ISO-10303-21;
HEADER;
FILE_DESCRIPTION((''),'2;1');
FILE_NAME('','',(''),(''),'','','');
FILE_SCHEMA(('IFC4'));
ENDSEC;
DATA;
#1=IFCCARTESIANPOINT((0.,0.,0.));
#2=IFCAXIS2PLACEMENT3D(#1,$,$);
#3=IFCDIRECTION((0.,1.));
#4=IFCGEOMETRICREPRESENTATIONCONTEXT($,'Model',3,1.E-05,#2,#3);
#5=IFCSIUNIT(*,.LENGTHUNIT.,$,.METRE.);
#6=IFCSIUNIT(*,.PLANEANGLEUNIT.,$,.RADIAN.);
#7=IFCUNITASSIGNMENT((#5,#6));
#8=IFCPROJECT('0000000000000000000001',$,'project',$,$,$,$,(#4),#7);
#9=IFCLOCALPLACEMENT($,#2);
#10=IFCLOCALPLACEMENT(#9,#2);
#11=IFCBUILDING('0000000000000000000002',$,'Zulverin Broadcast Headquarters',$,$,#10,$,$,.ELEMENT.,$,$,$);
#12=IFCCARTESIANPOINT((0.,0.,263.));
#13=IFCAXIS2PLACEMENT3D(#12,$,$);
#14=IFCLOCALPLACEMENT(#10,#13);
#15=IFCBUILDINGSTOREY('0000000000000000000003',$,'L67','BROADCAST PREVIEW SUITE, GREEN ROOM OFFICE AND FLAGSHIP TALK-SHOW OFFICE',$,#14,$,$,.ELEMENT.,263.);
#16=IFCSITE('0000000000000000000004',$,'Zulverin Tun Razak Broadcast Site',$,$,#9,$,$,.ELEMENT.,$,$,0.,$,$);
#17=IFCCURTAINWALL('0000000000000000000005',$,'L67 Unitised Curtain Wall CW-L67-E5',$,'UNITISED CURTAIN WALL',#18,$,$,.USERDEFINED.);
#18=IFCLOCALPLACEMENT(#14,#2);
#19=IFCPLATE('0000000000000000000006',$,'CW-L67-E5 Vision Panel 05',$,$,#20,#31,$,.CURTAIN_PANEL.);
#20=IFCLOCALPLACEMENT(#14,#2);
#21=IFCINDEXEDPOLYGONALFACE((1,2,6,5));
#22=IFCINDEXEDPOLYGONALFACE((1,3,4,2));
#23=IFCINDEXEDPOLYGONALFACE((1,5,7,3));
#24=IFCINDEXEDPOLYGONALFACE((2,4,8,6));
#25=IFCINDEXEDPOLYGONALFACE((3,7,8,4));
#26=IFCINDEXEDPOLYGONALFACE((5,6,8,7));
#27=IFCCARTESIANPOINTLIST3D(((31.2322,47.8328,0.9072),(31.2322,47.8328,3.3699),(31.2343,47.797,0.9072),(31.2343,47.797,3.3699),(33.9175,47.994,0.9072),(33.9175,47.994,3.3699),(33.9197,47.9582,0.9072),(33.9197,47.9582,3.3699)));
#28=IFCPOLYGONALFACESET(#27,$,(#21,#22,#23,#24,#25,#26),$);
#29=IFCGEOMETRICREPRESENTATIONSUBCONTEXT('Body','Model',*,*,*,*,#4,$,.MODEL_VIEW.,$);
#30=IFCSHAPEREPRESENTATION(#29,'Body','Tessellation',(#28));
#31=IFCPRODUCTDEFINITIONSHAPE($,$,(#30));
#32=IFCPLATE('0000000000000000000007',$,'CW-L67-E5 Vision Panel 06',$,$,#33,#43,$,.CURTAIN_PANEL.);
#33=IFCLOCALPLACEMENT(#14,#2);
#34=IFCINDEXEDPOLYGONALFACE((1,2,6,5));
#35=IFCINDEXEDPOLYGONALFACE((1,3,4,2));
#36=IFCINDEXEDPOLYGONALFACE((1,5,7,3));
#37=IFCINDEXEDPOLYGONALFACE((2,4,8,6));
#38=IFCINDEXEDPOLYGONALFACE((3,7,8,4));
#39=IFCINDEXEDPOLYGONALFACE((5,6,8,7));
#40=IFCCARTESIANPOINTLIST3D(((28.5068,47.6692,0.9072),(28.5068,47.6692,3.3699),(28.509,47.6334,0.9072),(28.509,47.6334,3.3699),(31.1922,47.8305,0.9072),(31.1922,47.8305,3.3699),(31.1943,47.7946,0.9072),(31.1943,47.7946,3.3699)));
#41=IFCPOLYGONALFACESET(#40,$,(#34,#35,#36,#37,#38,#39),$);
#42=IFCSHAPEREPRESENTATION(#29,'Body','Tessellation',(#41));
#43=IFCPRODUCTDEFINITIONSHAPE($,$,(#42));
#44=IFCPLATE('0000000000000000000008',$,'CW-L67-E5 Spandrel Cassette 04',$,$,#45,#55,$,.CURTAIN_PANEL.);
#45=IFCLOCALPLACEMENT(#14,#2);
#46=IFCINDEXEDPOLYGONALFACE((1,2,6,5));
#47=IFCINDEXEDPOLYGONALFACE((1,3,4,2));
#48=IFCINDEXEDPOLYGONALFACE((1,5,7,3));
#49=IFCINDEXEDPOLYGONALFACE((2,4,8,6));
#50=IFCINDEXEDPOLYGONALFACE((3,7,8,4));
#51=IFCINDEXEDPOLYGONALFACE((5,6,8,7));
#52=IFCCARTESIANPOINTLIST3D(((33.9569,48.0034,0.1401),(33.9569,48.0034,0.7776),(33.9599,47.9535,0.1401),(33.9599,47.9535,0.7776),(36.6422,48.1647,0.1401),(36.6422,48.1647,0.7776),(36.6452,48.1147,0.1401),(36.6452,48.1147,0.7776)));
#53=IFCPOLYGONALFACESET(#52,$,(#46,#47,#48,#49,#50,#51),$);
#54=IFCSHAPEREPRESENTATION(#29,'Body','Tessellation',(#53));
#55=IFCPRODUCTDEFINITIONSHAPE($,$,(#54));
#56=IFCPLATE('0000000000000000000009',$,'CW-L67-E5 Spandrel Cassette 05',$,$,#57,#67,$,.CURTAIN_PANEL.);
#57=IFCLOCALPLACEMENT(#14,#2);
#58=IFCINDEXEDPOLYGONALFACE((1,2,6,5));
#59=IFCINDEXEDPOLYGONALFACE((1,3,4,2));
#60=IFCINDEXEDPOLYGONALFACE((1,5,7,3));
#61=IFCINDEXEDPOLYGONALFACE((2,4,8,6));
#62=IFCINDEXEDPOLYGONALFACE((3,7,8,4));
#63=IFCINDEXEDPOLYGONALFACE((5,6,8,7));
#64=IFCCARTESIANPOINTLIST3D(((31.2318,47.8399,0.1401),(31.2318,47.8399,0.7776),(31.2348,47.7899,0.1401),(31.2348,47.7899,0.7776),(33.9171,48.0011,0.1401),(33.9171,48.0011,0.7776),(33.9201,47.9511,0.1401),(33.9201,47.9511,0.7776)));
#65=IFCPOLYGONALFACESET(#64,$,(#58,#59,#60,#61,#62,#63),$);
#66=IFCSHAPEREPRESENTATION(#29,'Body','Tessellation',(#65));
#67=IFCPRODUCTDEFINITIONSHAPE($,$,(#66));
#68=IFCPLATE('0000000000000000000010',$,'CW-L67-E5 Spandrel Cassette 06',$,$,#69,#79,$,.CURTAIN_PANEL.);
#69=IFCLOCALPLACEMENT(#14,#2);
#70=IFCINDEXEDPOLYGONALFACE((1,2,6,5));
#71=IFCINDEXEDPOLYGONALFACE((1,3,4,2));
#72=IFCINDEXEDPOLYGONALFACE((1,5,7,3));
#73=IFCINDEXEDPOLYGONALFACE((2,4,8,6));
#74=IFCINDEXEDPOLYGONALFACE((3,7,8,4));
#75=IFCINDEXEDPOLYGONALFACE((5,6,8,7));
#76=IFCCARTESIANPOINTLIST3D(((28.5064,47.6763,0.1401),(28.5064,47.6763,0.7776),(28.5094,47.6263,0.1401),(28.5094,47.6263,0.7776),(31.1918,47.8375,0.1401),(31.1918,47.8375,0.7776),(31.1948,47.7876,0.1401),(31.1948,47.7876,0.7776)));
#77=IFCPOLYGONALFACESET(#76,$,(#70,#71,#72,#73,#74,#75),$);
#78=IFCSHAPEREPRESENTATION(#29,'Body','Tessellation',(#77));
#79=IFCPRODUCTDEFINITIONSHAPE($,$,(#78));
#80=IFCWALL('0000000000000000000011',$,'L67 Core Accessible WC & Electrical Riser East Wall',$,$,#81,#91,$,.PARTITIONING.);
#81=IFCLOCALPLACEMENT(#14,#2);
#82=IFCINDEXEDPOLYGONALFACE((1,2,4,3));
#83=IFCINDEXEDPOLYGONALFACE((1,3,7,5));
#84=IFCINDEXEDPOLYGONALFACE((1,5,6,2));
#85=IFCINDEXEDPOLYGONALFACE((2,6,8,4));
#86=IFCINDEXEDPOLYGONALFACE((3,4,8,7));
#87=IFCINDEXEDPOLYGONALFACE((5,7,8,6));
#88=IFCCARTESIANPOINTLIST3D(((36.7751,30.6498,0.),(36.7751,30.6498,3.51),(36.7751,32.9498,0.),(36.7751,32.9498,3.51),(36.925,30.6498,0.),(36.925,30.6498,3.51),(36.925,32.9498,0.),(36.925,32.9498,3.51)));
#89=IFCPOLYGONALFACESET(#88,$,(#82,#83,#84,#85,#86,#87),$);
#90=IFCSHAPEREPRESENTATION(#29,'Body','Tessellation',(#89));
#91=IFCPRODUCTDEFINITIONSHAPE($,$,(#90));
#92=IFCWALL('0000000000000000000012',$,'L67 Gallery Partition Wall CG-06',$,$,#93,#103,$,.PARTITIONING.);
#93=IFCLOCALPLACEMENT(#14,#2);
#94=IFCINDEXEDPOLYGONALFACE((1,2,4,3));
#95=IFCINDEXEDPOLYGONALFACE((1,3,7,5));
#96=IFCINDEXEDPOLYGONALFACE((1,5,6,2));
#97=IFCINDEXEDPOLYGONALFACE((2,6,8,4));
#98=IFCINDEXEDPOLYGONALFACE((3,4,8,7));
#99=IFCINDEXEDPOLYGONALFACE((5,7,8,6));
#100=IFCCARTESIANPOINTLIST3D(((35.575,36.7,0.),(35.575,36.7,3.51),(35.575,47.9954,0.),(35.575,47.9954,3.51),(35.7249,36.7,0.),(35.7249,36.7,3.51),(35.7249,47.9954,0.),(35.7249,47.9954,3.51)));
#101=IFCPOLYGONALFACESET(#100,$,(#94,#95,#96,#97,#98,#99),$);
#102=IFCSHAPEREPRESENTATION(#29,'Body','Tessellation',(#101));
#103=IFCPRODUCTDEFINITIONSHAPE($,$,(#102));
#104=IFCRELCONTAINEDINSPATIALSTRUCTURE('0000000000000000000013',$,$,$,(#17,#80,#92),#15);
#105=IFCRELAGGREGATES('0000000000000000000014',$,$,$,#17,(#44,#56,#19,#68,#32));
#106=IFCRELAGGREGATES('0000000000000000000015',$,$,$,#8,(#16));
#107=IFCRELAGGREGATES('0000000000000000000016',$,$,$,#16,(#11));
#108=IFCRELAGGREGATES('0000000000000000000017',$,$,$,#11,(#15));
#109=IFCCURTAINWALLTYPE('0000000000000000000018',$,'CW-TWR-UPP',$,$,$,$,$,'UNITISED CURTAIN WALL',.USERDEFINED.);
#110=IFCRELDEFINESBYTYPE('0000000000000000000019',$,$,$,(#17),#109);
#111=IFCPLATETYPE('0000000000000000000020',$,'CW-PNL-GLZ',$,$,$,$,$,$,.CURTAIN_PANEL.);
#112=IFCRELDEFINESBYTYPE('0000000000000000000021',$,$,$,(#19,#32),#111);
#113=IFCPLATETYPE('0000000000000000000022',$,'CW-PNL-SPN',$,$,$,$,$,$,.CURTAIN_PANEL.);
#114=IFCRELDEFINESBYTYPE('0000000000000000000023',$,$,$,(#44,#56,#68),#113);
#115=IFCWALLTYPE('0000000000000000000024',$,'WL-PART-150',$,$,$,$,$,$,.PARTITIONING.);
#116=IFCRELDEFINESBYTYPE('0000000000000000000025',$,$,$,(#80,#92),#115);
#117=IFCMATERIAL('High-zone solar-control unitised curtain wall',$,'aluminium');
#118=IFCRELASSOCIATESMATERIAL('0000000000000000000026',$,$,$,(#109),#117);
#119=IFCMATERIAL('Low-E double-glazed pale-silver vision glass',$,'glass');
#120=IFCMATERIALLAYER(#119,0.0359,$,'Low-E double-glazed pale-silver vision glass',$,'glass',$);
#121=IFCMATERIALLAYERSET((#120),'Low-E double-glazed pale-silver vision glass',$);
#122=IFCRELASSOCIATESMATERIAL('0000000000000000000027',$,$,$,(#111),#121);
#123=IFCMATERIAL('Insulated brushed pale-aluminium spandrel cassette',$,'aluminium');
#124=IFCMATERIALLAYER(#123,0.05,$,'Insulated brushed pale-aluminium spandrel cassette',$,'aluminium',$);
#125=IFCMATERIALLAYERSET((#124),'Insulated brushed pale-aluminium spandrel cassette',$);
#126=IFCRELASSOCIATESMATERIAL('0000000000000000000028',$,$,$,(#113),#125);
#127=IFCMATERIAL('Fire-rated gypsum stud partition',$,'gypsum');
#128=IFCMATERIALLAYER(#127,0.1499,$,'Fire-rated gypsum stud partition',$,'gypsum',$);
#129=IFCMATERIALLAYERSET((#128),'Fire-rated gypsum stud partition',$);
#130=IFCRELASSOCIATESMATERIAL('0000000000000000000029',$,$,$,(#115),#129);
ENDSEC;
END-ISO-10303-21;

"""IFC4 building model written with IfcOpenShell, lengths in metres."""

from ifc_helpers import new_model, si_unit, direction, frame, frame_2d, origin, origin_2d, place, context, subcontext, project, spatial, rectangle, extrude, material, layer, layer_set, type_object, element, aggregate, save


model = new_model("IFC4")

# Units and contexts
model_context = context("Model", 3, precision=1e-05, world=origin(), true_north=direction((0.0, 1.0)))
body_context = subcontext(model_context, "Body", "Model", "MODEL_VIEW")
ifc_project = project(units=[si_unit("LENGTHUNIT", "METRE"), si_unit("PLANEANGLEUNIT", "RADIAN")], contexts=[model_context])

# Site, building, storey
site_placement = place(None, origin())
site = spatial("IfcSite", under=ifc_project, at=site_placement, Name="Zulverin Tun Razak Broadcast Site", CompositionType="ELEMENT", RefElevation=0.0)
building_placement = place(site_placement, origin())
building = spatial("IfcBuilding", under=site, at=building_placement, Name="Zulverin Broadcast Headquarters", CompositionType="ELEMENT")
storey_placement = place(building_placement, frame((0.0, 0.0, 263.0)))
storey = spatial("IfcBuildingStorey", under=building, at=storey_placement, Name="L67", Description="BROADCAST PREVIEW SUITE, GREEN ROOM OFFICE AND FLAGSHIP TALK-SHOW OFFICE", CompositionType="ELEMENT", Elevation=263.0)

# Curtain wall, plates
ifc_material_1 = material(Name="High-zone solar-control unitised curtain wall", Category="aluminium")
curtain_wall_type = type_object("IfcCurtainWallType", Name="CW-TWR-UPP", ElementType="UNITISED CURTAIN WALL", PredefinedType="USERDEFINED", material=ifc_material_1)
curtain_wall_placement = place(storey_placement, origin())
curtain_wall = element("IfcCurtainWall", 1, at=curtain_wall_placement, inside=storey, type_object=curtain_wall_type, Name="L67 Unitised Curtain Wall CW-L67-E5", ObjectType="UNITISED CURTAIN WALL", PredefinedType="USERDEFINED")
ifc_material_2 = material(Name="Low-E double-glazed pale-silver vision glass", Category="glass")
ifc_layer_1 = layer(ifc_material_2, 0.0359, Name="Low-E double-glazed pale-silver vision glass", Category="glass")
ifc_layer_set_1 = layer_set([ifc_layer_1], Name="Low-E double-glazed pale-silver vision glass")
plate_type_1 = type_object("IfcPlateType", Name="CW-PNL-GLZ", PredefinedType="CURTAIN_PANEL", material=ifc_layer_set_1)
plate_1_placement = place(storey_placement, frame((32.5759, 47.8955, 0.9072), z_axis=(0.0, 0.0, 1.0), x_axis=(-0.998203, -0.05993, 0.0)))
plate_1 = element("IfcPlate", 2, at=plate_1_placement, type_object=plate_type_1, Name="CW-L67-E5 Vision Panel 05", PredefinedType="CURTAIN_PANEL", context=body_context, shape_type="SweptSolid", body=[
    extrude(rectangle(XDim=2.6902, YDim=0.0359, at=origin_2d()), origin(), (0.0, 0.0, 1.0), 2.4626),
])
plate_2_placement = place(storey_placement, frame((29.8506, 47.7319, 0.9072), z_axis=(0.0, 0.0, 1.0), x_axis=(-0.998203, -0.05993, 0.0)))
plate_2 = element("IfcPlate", 3, at=plate_2_placement, type_object=plate_type_1, Name="CW-L67-E5 Vision Panel 06", PredefinedType="CURTAIN_PANEL", context=body_context, shape_type="SweptSolid", body=[
    extrude(rectangle(XDim=2.6902, YDim=0.0359, at=origin_2d()), origin(), (0.0, 0.0, 1.0), 2.4626),
])
ifc_material_3 = material(Name="Insulated brushed pale-aluminium spandrel cassette", Category="aluminium")
ifc_layer_2 = layer(ifc_material_3, 0.05, Name="Insulated brushed pale-aluminium spandrel cassette", Category="aluminium")
ifc_layer_set_2 = layer_set([ifc_layer_2], Name="Insulated brushed pale-aluminium spandrel cassette")
plate_type_2 = type_object("IfcPlateType", Name="CW-PNL-SPN", PredefinedType="CURTAIN_PANEL", material=ifc_layer_set_2)
plate_3_placement = place(storey_placement, frame((35.301, 48.0591, 0.1401), z_axis=(0.0, 0.0, 1.0), x_axis=(-0.998203, -0.05993, 0.0)))
plate_3 = element("IfcPlate", 4, at=plate_3_placement, type_object=plate_type_2, Name="CW-L67-E5 Spandrel Cassette 04", PredefinedType="CURTAIN_PANEL", context=body_context, shape_type="SweptSolid", body=[
    extrude(rectangle(XDim=2.6902, YDim=0.05, at=origin_2d()), origin(), (0.0, 0.0, 1.0), 0.6375),
])
plate_4_placement = place(storey_placement, frame((32.5759, 47.8955, 0.1401), z_axis=(0.0, 0.0, 1.0), x_axis=(-0.998203, -0.05993, 0.0)))
plate_4 = element("IfcPlate", 5, at=plate_4_placement, type_object=plate_type_2, Name="CW-L67-E5 Spandrel Cassette 05", PredefinedType="CURTAIN_PANEL", context=body_context, shape_type="SweptSolid", body=[
    extrude(rectangle(XDim=2.6902, YDim=0.05, at=origin_2d()), origin(), (0.0, 0.0, 1.0), 0.6375),
])
plate_5_placement = place(storey_placement, frame((29.8506, 47.7319, 0.1401), z_axis=(0.0, 0.0, 1.0), x_axis=(-0.998203, -0.05993, 0.0)))
plate_5 = element("IfcPlate", 6, at=plate_5_placement, type_object=plate_type_2, Name="CW-L67-E5 Spandrel Cassette 06", PredefinedType="CURTAIN_PANEL", context=body_context, shape_type="SweptSolid", body=[
    extrude(rectangle(XDim=2.6902, YDim=0.05, at=origin_2d()), origin(), (0.0, 0.0, 1.0), 0.6375),
])
aggregate(curtain_wall, [plate_3, plate_4, plate_1, plate_5, plate_2])

# Walls
ifc_material_4 = material(Name="Fire-rated gypsum stud partition", Category="gypsum")
ifc_layer_3 = layer(ifc_material_4, 0.1499, Name="Fire-rated gypsum stud partition", Category="gypsum")
ifc_layer_set_3 = layer_set([ifc_layer_3], Name="Fire-rated gypsum stud partition")
wall_type = type_object("IfcWallType", Name="WL-PART-150", PredefinedType="PARTITIONING", material=ifc_layer_set_3)
wall_1_placement = place(storey_placement, frame((36.8501, 30.6499, 0.0), z_axis=(0.0, 0.0, 1.0), x_axis=(0.0, 1.0, 0.0)))
element("IfcWall", 7, at=wall_1_placement, inside=storey, type_object=wall_type, Name="L67 Core Accessible WC & Electrical Riser East Wall", PredefinedType="PARTITIONING", context=body_context, shape_type="SweptSolid", body=[
    extrude(rectangle(XDim=2.3, YDim=0.1499, at=frame_2d((1.1499, 0.0))), origin(), (0.0, 0.0, 1.0), 3.51),
])
wall_2_placement = place(storey_placement, frame((35.6499, 36.7, 0.0), z_axis=(0.0, 0.0, 1.0), x_axis=(0.0, 1.0, 0.0)))
element("IfcWall", 8, at=wall_2_placement, inside=storey, type_object=wall_type, Name="L67 Gallery Partition Wall CG-06", PredefinedType="PARTITIONING", context=body_context, shape_type="SweptSolid", body=[
    extrude(rectangle(XDim=11.2954, YDim=0.1499, at=frame_2d((5.6477, 0.0))), origin(), (0.0, 0.0, 1.0), 3.51),
])

save(model, "model.ifc")
